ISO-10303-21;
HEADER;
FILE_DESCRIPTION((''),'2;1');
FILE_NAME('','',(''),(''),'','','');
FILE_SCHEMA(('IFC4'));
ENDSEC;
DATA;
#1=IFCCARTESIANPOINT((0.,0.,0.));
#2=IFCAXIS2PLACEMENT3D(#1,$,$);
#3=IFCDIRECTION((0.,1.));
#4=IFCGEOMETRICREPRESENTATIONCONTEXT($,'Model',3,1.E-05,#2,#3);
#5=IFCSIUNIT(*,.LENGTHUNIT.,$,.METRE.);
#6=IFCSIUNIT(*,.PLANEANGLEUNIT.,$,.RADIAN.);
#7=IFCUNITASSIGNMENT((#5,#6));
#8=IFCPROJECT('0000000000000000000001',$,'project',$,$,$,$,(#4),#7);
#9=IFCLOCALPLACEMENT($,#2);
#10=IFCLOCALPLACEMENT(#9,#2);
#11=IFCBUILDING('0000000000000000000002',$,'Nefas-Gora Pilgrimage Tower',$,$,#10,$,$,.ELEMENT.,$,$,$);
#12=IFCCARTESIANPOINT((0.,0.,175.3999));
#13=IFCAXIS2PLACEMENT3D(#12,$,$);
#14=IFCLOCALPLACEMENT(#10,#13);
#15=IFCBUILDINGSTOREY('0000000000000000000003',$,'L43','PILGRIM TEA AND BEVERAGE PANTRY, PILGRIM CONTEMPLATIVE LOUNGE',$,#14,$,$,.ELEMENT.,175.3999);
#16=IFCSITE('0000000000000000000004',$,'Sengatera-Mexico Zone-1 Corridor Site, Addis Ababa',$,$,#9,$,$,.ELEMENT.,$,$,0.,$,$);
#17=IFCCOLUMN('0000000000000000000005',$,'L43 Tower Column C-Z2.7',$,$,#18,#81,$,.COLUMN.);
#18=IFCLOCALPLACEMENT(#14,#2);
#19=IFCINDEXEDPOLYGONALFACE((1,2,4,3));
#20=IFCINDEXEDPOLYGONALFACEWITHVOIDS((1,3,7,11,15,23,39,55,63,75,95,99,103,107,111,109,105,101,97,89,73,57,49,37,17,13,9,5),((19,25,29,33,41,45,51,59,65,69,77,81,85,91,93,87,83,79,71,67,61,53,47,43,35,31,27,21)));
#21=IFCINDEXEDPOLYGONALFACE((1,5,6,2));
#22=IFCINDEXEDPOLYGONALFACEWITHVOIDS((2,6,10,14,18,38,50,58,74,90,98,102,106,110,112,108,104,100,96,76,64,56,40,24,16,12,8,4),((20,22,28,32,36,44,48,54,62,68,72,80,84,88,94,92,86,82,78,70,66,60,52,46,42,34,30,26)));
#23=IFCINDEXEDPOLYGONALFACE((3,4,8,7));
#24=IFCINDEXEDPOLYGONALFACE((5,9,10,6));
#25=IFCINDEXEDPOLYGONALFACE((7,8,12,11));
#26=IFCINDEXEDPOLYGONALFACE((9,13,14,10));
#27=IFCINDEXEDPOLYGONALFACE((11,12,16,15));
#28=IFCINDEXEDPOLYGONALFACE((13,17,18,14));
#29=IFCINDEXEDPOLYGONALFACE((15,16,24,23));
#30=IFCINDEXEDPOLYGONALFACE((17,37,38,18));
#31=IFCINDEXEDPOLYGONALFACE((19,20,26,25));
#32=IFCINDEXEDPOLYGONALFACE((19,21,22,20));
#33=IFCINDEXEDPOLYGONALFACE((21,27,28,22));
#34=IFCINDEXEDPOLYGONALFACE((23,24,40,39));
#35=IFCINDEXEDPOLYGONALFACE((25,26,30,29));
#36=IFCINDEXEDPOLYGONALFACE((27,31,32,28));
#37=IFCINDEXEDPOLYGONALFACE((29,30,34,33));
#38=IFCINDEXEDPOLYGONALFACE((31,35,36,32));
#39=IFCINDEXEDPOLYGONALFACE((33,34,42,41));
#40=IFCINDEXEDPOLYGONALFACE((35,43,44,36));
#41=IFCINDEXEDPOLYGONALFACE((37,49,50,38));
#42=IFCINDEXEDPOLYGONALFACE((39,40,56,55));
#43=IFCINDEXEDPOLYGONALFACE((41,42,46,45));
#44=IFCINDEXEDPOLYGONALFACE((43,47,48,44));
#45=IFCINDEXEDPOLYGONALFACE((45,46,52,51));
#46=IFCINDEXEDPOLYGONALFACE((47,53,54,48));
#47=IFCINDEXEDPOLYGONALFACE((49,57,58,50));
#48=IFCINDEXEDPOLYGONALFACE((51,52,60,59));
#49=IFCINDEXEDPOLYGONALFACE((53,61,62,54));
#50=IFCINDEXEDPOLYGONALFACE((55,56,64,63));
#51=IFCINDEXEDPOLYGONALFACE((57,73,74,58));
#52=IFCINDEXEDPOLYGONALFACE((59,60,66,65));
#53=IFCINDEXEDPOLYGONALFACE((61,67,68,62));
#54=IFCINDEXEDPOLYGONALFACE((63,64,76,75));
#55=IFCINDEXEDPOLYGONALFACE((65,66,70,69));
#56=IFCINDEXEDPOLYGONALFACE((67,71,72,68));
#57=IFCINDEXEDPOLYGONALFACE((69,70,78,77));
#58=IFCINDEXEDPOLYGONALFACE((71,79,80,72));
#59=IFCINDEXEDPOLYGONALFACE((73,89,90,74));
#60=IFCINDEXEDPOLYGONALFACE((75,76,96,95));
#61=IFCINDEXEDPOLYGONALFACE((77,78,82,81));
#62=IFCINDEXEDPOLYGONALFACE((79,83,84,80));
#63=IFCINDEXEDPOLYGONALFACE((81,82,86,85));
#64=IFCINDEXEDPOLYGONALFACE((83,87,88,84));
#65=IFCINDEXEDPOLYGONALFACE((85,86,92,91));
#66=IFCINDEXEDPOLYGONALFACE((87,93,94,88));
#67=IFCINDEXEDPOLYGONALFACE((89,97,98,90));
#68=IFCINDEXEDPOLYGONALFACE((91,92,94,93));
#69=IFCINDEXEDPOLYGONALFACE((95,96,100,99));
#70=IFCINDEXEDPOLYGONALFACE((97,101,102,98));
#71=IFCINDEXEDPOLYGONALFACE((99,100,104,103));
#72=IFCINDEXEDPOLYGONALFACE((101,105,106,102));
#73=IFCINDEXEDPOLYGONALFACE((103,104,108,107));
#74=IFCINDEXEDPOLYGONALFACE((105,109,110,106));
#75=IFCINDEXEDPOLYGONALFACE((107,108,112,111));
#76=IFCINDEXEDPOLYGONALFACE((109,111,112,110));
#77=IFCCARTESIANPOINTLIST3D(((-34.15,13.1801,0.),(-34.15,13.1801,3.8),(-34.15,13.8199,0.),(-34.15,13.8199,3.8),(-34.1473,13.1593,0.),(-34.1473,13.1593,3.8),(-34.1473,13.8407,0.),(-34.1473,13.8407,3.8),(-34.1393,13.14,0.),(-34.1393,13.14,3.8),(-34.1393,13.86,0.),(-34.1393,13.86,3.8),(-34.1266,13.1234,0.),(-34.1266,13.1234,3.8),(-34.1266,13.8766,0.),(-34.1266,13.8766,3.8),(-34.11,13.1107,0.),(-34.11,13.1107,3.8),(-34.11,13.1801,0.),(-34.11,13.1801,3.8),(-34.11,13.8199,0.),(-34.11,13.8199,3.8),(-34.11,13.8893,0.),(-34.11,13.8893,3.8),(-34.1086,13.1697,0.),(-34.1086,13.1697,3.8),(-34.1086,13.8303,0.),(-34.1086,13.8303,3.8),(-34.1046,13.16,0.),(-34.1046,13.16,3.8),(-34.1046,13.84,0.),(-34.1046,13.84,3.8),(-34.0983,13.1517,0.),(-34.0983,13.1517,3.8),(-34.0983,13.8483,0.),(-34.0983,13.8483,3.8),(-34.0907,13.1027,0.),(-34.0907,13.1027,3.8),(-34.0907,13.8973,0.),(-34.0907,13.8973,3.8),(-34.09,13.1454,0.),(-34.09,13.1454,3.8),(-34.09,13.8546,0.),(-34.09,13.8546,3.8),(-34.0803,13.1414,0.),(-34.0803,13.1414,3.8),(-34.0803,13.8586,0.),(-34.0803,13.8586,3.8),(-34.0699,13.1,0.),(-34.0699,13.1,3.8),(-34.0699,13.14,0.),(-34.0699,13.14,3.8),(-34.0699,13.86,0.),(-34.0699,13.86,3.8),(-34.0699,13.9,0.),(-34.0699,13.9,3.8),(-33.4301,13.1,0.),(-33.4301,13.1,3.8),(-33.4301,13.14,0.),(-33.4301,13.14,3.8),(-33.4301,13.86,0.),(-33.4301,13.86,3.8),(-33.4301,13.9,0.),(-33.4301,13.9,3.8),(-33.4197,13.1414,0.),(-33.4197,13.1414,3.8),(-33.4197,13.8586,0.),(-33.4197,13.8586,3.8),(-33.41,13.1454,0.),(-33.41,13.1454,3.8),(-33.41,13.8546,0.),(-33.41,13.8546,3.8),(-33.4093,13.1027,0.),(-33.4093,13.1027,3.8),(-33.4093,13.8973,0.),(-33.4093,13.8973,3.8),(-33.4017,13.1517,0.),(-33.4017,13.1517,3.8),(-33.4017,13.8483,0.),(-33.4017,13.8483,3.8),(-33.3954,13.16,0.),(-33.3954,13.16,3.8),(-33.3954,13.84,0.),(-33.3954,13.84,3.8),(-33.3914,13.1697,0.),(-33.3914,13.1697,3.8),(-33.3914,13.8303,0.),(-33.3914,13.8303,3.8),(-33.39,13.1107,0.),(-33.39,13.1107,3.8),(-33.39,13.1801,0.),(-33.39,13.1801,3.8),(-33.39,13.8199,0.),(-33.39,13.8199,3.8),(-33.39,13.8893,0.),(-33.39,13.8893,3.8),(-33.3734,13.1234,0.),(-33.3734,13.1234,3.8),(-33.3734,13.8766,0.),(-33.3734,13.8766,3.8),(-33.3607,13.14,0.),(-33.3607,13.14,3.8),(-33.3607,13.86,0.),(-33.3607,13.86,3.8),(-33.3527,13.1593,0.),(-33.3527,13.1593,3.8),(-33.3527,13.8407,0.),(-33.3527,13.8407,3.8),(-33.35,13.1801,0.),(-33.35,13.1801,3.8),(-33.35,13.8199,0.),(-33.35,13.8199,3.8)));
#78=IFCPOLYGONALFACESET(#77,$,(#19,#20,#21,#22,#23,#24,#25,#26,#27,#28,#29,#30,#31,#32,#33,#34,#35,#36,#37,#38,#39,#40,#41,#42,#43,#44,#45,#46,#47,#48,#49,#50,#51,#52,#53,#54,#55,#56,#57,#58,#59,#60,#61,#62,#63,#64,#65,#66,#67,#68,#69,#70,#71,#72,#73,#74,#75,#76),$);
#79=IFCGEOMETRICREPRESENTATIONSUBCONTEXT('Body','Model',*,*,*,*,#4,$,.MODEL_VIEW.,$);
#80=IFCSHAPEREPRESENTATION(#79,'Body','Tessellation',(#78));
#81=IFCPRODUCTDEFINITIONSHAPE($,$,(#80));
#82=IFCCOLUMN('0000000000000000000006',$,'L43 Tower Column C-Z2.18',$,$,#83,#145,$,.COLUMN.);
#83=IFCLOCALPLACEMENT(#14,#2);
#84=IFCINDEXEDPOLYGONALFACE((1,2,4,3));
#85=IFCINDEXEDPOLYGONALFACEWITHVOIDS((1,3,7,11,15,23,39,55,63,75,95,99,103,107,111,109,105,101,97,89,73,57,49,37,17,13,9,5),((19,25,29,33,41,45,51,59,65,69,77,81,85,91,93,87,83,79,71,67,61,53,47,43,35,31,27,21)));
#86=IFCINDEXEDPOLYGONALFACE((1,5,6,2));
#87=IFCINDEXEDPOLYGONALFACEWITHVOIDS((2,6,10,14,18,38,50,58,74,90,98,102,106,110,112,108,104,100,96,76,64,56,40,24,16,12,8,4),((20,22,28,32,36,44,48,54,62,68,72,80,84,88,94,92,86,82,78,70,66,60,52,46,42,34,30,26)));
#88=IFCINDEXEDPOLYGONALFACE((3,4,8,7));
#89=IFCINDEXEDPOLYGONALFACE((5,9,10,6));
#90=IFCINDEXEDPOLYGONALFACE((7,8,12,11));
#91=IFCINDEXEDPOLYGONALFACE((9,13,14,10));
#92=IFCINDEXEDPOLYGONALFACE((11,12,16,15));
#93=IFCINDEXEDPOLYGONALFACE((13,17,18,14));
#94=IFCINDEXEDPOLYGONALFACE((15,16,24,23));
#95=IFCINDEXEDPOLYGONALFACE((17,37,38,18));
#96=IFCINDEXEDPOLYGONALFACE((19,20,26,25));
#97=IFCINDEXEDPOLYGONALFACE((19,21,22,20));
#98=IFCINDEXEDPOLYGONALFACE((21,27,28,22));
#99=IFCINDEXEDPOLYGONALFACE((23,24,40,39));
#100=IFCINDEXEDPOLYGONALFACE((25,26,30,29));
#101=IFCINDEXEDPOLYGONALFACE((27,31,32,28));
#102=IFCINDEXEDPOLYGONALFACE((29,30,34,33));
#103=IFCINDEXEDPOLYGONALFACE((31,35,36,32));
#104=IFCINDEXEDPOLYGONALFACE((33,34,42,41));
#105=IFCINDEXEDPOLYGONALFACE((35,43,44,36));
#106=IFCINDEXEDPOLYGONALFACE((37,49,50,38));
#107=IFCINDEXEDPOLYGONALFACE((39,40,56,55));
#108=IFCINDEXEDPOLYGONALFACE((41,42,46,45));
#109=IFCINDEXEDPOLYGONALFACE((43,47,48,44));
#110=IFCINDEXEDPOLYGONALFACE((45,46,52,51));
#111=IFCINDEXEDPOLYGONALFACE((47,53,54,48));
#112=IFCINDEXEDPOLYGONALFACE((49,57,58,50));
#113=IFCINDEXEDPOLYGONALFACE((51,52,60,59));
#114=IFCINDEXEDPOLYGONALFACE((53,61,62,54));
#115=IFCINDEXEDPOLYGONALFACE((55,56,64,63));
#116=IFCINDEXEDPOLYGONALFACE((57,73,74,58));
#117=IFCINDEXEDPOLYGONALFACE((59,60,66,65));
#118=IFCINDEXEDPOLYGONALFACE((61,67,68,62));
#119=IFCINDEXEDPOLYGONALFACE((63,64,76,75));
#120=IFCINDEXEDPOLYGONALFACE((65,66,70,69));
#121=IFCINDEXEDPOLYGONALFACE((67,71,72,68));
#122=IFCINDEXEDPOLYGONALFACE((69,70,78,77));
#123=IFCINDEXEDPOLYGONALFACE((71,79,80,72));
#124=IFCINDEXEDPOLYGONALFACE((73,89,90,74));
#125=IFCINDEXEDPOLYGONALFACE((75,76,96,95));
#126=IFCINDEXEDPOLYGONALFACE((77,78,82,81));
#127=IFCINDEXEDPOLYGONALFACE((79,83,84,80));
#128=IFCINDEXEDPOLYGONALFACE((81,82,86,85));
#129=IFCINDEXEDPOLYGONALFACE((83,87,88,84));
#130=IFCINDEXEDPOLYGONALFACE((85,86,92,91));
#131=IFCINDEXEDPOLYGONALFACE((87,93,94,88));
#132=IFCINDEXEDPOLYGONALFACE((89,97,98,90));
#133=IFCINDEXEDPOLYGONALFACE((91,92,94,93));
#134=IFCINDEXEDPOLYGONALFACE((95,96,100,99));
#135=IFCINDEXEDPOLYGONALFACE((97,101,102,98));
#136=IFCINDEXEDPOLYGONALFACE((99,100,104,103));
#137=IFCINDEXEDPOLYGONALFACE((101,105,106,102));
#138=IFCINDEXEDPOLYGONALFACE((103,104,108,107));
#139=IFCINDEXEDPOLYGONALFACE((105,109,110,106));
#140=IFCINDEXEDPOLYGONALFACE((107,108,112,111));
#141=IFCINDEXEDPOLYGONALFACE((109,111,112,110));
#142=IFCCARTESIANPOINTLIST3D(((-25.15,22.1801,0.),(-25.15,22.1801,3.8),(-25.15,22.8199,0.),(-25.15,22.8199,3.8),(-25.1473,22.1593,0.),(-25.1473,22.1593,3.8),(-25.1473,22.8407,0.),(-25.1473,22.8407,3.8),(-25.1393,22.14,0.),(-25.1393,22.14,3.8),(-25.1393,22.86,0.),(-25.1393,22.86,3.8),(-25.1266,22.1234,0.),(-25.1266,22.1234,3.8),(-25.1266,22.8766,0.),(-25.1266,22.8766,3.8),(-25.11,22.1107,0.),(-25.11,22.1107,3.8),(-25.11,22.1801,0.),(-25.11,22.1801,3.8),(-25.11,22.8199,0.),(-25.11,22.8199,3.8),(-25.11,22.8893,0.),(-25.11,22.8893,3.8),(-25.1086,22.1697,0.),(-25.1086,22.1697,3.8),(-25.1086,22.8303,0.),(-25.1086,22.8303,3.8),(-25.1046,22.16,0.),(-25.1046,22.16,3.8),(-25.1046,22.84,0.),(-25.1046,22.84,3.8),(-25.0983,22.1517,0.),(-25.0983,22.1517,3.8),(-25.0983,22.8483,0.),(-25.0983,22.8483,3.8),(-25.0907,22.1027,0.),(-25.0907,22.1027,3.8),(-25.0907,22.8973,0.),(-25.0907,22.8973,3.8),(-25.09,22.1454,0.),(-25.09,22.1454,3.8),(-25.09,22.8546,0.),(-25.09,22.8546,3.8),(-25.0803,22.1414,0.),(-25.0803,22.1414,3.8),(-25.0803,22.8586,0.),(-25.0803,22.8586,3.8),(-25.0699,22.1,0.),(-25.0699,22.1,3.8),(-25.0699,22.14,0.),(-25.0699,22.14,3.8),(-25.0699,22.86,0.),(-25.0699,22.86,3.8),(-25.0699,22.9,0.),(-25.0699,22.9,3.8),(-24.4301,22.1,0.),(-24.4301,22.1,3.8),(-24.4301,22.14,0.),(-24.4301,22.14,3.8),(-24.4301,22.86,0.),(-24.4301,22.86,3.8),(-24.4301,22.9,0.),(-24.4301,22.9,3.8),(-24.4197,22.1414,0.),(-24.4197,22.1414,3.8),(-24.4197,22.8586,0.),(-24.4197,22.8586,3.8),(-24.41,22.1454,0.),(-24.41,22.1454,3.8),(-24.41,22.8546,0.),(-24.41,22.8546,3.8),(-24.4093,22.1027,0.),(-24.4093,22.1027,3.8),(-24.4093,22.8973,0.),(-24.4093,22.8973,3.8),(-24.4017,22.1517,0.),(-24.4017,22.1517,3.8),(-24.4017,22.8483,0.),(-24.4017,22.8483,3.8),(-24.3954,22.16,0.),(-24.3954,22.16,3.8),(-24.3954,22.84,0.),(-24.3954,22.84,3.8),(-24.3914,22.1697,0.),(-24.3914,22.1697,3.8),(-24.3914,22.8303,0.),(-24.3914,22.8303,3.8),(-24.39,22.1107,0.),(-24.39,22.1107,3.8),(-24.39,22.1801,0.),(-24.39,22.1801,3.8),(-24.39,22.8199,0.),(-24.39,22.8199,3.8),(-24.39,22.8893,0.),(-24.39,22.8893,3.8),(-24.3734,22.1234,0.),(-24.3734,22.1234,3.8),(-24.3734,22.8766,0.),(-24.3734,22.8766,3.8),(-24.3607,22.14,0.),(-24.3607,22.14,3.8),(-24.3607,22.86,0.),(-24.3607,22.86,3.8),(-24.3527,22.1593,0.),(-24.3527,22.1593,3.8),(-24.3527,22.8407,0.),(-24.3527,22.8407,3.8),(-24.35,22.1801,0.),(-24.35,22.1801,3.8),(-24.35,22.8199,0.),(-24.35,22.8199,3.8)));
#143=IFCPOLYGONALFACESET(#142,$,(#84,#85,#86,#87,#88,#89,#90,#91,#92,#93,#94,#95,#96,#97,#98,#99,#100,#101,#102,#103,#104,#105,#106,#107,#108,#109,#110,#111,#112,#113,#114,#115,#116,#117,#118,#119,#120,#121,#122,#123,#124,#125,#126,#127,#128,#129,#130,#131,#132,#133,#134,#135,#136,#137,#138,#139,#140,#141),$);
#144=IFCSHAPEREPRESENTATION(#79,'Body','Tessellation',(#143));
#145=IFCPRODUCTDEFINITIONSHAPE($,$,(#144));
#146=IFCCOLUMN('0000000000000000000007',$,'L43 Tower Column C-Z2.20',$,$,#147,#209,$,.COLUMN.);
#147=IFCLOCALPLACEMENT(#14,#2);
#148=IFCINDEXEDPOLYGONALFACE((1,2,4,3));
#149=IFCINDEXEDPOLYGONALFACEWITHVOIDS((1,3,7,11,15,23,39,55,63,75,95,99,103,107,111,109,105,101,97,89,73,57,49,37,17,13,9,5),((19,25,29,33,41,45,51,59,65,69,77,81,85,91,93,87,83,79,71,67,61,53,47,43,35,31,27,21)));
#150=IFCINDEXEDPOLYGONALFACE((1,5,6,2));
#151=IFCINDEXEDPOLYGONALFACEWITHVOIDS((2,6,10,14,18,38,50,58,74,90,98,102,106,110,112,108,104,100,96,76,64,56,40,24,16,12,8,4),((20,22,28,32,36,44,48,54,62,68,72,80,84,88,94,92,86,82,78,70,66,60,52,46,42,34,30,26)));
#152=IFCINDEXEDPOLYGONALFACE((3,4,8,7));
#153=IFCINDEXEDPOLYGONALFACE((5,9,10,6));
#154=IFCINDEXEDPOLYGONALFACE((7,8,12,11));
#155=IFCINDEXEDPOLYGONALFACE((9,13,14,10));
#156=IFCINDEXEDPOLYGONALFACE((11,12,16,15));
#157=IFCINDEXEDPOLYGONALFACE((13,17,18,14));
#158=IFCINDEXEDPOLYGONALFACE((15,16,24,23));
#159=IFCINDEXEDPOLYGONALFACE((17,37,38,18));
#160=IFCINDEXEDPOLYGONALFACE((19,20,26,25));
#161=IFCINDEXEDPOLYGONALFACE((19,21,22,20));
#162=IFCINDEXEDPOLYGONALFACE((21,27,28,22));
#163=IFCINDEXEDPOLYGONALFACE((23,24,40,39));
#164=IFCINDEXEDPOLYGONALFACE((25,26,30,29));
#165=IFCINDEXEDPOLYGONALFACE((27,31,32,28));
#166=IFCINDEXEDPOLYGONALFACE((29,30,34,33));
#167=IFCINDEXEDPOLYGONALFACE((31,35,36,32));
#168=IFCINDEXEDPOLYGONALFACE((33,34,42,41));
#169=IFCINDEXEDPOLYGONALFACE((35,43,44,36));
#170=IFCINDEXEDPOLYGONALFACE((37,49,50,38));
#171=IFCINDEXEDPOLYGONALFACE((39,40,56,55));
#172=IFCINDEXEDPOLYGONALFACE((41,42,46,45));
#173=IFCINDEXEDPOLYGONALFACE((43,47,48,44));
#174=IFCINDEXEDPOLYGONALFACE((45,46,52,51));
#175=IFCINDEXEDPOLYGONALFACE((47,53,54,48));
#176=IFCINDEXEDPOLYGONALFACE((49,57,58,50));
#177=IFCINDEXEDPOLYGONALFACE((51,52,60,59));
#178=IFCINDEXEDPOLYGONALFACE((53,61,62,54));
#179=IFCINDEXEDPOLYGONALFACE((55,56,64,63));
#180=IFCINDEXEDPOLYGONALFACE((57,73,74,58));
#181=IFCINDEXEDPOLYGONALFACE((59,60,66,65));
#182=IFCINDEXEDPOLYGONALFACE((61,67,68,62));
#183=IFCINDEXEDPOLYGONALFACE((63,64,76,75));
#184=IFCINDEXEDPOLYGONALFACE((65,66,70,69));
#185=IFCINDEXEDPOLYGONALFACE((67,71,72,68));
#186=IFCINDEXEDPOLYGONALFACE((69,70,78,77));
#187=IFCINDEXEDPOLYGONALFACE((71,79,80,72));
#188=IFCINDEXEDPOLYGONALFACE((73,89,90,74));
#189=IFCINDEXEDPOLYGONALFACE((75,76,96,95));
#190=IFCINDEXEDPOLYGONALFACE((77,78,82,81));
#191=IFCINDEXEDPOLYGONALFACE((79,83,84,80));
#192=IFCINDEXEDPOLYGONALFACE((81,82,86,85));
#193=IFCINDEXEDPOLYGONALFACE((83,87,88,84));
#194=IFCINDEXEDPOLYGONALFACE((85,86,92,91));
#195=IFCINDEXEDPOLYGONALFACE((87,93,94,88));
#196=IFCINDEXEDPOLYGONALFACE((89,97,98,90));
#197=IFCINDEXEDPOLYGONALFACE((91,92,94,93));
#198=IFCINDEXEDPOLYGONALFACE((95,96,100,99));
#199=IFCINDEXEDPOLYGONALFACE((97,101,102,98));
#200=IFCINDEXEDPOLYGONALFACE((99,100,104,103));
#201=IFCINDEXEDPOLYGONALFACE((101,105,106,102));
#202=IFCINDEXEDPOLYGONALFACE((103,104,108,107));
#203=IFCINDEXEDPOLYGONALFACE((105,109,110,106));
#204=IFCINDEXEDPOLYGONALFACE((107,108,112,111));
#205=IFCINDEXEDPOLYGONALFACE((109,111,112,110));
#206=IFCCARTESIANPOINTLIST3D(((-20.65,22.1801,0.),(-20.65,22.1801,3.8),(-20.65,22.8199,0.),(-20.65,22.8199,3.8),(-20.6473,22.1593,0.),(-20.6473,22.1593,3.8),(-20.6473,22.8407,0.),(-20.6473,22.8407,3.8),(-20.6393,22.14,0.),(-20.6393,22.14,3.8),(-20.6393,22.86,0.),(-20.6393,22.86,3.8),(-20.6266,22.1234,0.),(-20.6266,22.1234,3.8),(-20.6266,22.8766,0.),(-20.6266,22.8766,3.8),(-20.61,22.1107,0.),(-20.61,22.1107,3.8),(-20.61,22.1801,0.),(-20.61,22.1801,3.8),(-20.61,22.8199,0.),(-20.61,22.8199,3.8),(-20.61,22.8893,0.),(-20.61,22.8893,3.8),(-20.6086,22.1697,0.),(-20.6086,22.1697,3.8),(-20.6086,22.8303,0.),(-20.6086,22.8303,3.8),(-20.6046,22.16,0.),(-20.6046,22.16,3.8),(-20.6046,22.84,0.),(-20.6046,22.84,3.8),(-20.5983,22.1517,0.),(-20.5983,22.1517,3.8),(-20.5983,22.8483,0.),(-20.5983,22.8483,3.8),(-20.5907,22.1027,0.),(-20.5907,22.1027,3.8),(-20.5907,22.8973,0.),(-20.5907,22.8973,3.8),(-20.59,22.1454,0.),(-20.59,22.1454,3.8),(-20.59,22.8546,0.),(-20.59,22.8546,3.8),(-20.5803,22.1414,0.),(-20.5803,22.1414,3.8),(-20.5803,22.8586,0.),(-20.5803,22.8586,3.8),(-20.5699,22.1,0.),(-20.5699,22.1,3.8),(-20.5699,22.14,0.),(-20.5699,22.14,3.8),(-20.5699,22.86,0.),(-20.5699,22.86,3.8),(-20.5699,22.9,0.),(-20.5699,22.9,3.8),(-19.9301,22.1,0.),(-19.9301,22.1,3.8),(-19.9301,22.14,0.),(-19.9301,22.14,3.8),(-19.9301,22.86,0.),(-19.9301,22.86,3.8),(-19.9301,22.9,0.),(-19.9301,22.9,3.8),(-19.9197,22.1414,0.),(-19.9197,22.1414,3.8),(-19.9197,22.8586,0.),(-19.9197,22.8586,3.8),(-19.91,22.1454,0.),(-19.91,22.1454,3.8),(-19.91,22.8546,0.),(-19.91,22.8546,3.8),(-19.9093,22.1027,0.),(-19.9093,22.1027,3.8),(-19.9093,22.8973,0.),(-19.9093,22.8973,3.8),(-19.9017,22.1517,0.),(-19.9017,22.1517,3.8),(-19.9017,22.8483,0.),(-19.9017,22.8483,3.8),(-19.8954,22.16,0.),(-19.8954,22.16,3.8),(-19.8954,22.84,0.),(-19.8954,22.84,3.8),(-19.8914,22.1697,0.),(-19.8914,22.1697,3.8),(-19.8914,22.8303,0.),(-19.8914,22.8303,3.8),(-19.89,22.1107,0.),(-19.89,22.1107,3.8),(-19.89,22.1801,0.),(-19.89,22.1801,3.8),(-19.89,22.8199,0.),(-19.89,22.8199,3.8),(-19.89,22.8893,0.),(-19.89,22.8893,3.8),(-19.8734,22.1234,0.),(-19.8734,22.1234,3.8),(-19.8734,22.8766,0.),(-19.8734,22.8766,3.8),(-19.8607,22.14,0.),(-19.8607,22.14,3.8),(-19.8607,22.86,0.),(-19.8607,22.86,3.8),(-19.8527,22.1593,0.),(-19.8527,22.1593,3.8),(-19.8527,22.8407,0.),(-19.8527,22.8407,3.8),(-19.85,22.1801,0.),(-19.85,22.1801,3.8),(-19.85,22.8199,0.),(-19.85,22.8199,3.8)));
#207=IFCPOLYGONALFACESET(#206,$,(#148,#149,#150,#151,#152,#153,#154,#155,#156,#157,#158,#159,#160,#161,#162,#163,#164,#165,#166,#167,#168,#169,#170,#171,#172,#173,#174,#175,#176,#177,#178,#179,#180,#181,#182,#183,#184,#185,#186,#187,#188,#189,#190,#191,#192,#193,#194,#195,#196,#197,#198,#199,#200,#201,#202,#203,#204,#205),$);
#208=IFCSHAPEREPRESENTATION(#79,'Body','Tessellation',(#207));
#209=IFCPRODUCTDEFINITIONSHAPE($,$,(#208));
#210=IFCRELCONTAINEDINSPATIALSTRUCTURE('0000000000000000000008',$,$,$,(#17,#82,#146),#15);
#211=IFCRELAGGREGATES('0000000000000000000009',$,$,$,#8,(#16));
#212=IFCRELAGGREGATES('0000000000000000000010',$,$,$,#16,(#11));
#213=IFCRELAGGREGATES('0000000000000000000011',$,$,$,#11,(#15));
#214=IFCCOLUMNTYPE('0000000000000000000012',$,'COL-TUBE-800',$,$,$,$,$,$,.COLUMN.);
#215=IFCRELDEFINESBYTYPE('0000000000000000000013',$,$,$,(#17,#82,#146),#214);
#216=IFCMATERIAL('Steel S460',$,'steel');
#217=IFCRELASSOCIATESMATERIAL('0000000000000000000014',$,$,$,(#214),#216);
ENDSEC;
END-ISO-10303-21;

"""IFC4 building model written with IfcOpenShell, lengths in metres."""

from ifc_helpers import new_model, si_unit, direction, frame, origin, origin_2d, place, context, subcontext, project, spatial, hollow_rectangle, extrude, source, transform, mapped, material, material_profile, profile_set, type_object, element, save


model = new_model("IFC4")

# Units and contexts
model_context = context("Model", 3, precision=1e-05, world=origin(), true_north=direction((0.0, 1.0)))
body_context = subcontext(model_context, "Body", "Model", "MODEL_VIEW")
ifc_project = project(units=[si_unit("LENGTHUNIT", "METRE"), si_unit("PLANEANGLEUNIT", "RADIAN")], contexts=[model_context])

# Site, building, storey
site_placement = place(None, origin())
site = spatial("IfcSite", under=ifc_project, at=site_placement, Name="Sengatera-Mexico Zone-1 Corridor Site, Addis Ababa", CompositionType="ELEMENT", RefElevation=0.0)
building_placement = place(site_placement, origin())
building = spatial("IfcBuilding", under=site, at=building_placement, Name="Nefas-Gora Pilgrimage Tower", CompositionType="ELEMENT")
storey_placement = place(building_placement, frame((0.0, 0.0, 175.3999)))
storey = spatial("IfcBuildingStorey", under=building, at=storey_placement, Name="L43", Description="PILGRIM TEA AND BEVERAGE PANTRY, PILGRIM CONTEMPLATIVE LOUNGE", CompositionType="ELEMENT", Elevation=175.3999)

# Columns
ifc_material_1 = material(Name="Steel S460", Category="steel")
ifc_material_profile_1 = material_profile(ifc_material_1, hollow_rectangle(XDim=0.8, YDim=0.8, WallThickness=0.04, InnerFilletRadius=0.04, OuterFilletRadius=0.0801, at=origin_2d()), Name="BOX 800x800x40")
ifc_profile_set_1 = profile_set([ifc_material_profile_1], Name="Steel S460")
column_type_1 = type_object("IfcColumnType", Name="COL-TUBE-800", PredefinedType="COLUMN", material=ifc_profile_set_1)
shared_shape_1 = source(origin(), body_context, "Body", "SweptSolid", [
    extrude(hollow_rectangle(XDim=0.8, YDim=0.8, WallThickness=0.04, InnerFilletRadius=0.04, OuterFilletRadius=0.0801, at=origin_2d()), origin(), (0.0, 0.0, 1.0), 3.8),
])
for number, where, z_axis, x_axis, name in (
    (1, (-33.75, 13.5, 0.0), (0.0, 0.0, 1.0), (1.0, 0.0, 0.0), "L43 Tower Column C-Z2.7"),
    (2, (-24.75, 22.5, 0.0), (0.0, 0.0, 1.0), (1.0, 0.0, 0.0), "L43 Tower Column C-Z2.18"),
    (3, (-20.25, 22.5, 0.0), (0.0, 0.0, 1.0), (1.0, 0.0, 0.0), "L43 Tower Column C-Z2.20"),
):
    element("IfcColumn", number, at=place(storey_placement, frame(where, z_axis=z_axis, x_axis=x_axis)), inside=storey, type_object=column_type_1, Name=name, PredefinedType="COLUMN", context=body_context, shape_type="MappedRepresentation", body=[
        mapped(shared_shape_1, transform((0.0, 0.0, 0.0), x_axis=(1.0, 0.0, 0.0), y_axis=(0.0, 1.0, 0.0), z_axis=(0.0, 0.0, 1.0), scale=1.0)),
    ])

save(model, "model.ifc")
